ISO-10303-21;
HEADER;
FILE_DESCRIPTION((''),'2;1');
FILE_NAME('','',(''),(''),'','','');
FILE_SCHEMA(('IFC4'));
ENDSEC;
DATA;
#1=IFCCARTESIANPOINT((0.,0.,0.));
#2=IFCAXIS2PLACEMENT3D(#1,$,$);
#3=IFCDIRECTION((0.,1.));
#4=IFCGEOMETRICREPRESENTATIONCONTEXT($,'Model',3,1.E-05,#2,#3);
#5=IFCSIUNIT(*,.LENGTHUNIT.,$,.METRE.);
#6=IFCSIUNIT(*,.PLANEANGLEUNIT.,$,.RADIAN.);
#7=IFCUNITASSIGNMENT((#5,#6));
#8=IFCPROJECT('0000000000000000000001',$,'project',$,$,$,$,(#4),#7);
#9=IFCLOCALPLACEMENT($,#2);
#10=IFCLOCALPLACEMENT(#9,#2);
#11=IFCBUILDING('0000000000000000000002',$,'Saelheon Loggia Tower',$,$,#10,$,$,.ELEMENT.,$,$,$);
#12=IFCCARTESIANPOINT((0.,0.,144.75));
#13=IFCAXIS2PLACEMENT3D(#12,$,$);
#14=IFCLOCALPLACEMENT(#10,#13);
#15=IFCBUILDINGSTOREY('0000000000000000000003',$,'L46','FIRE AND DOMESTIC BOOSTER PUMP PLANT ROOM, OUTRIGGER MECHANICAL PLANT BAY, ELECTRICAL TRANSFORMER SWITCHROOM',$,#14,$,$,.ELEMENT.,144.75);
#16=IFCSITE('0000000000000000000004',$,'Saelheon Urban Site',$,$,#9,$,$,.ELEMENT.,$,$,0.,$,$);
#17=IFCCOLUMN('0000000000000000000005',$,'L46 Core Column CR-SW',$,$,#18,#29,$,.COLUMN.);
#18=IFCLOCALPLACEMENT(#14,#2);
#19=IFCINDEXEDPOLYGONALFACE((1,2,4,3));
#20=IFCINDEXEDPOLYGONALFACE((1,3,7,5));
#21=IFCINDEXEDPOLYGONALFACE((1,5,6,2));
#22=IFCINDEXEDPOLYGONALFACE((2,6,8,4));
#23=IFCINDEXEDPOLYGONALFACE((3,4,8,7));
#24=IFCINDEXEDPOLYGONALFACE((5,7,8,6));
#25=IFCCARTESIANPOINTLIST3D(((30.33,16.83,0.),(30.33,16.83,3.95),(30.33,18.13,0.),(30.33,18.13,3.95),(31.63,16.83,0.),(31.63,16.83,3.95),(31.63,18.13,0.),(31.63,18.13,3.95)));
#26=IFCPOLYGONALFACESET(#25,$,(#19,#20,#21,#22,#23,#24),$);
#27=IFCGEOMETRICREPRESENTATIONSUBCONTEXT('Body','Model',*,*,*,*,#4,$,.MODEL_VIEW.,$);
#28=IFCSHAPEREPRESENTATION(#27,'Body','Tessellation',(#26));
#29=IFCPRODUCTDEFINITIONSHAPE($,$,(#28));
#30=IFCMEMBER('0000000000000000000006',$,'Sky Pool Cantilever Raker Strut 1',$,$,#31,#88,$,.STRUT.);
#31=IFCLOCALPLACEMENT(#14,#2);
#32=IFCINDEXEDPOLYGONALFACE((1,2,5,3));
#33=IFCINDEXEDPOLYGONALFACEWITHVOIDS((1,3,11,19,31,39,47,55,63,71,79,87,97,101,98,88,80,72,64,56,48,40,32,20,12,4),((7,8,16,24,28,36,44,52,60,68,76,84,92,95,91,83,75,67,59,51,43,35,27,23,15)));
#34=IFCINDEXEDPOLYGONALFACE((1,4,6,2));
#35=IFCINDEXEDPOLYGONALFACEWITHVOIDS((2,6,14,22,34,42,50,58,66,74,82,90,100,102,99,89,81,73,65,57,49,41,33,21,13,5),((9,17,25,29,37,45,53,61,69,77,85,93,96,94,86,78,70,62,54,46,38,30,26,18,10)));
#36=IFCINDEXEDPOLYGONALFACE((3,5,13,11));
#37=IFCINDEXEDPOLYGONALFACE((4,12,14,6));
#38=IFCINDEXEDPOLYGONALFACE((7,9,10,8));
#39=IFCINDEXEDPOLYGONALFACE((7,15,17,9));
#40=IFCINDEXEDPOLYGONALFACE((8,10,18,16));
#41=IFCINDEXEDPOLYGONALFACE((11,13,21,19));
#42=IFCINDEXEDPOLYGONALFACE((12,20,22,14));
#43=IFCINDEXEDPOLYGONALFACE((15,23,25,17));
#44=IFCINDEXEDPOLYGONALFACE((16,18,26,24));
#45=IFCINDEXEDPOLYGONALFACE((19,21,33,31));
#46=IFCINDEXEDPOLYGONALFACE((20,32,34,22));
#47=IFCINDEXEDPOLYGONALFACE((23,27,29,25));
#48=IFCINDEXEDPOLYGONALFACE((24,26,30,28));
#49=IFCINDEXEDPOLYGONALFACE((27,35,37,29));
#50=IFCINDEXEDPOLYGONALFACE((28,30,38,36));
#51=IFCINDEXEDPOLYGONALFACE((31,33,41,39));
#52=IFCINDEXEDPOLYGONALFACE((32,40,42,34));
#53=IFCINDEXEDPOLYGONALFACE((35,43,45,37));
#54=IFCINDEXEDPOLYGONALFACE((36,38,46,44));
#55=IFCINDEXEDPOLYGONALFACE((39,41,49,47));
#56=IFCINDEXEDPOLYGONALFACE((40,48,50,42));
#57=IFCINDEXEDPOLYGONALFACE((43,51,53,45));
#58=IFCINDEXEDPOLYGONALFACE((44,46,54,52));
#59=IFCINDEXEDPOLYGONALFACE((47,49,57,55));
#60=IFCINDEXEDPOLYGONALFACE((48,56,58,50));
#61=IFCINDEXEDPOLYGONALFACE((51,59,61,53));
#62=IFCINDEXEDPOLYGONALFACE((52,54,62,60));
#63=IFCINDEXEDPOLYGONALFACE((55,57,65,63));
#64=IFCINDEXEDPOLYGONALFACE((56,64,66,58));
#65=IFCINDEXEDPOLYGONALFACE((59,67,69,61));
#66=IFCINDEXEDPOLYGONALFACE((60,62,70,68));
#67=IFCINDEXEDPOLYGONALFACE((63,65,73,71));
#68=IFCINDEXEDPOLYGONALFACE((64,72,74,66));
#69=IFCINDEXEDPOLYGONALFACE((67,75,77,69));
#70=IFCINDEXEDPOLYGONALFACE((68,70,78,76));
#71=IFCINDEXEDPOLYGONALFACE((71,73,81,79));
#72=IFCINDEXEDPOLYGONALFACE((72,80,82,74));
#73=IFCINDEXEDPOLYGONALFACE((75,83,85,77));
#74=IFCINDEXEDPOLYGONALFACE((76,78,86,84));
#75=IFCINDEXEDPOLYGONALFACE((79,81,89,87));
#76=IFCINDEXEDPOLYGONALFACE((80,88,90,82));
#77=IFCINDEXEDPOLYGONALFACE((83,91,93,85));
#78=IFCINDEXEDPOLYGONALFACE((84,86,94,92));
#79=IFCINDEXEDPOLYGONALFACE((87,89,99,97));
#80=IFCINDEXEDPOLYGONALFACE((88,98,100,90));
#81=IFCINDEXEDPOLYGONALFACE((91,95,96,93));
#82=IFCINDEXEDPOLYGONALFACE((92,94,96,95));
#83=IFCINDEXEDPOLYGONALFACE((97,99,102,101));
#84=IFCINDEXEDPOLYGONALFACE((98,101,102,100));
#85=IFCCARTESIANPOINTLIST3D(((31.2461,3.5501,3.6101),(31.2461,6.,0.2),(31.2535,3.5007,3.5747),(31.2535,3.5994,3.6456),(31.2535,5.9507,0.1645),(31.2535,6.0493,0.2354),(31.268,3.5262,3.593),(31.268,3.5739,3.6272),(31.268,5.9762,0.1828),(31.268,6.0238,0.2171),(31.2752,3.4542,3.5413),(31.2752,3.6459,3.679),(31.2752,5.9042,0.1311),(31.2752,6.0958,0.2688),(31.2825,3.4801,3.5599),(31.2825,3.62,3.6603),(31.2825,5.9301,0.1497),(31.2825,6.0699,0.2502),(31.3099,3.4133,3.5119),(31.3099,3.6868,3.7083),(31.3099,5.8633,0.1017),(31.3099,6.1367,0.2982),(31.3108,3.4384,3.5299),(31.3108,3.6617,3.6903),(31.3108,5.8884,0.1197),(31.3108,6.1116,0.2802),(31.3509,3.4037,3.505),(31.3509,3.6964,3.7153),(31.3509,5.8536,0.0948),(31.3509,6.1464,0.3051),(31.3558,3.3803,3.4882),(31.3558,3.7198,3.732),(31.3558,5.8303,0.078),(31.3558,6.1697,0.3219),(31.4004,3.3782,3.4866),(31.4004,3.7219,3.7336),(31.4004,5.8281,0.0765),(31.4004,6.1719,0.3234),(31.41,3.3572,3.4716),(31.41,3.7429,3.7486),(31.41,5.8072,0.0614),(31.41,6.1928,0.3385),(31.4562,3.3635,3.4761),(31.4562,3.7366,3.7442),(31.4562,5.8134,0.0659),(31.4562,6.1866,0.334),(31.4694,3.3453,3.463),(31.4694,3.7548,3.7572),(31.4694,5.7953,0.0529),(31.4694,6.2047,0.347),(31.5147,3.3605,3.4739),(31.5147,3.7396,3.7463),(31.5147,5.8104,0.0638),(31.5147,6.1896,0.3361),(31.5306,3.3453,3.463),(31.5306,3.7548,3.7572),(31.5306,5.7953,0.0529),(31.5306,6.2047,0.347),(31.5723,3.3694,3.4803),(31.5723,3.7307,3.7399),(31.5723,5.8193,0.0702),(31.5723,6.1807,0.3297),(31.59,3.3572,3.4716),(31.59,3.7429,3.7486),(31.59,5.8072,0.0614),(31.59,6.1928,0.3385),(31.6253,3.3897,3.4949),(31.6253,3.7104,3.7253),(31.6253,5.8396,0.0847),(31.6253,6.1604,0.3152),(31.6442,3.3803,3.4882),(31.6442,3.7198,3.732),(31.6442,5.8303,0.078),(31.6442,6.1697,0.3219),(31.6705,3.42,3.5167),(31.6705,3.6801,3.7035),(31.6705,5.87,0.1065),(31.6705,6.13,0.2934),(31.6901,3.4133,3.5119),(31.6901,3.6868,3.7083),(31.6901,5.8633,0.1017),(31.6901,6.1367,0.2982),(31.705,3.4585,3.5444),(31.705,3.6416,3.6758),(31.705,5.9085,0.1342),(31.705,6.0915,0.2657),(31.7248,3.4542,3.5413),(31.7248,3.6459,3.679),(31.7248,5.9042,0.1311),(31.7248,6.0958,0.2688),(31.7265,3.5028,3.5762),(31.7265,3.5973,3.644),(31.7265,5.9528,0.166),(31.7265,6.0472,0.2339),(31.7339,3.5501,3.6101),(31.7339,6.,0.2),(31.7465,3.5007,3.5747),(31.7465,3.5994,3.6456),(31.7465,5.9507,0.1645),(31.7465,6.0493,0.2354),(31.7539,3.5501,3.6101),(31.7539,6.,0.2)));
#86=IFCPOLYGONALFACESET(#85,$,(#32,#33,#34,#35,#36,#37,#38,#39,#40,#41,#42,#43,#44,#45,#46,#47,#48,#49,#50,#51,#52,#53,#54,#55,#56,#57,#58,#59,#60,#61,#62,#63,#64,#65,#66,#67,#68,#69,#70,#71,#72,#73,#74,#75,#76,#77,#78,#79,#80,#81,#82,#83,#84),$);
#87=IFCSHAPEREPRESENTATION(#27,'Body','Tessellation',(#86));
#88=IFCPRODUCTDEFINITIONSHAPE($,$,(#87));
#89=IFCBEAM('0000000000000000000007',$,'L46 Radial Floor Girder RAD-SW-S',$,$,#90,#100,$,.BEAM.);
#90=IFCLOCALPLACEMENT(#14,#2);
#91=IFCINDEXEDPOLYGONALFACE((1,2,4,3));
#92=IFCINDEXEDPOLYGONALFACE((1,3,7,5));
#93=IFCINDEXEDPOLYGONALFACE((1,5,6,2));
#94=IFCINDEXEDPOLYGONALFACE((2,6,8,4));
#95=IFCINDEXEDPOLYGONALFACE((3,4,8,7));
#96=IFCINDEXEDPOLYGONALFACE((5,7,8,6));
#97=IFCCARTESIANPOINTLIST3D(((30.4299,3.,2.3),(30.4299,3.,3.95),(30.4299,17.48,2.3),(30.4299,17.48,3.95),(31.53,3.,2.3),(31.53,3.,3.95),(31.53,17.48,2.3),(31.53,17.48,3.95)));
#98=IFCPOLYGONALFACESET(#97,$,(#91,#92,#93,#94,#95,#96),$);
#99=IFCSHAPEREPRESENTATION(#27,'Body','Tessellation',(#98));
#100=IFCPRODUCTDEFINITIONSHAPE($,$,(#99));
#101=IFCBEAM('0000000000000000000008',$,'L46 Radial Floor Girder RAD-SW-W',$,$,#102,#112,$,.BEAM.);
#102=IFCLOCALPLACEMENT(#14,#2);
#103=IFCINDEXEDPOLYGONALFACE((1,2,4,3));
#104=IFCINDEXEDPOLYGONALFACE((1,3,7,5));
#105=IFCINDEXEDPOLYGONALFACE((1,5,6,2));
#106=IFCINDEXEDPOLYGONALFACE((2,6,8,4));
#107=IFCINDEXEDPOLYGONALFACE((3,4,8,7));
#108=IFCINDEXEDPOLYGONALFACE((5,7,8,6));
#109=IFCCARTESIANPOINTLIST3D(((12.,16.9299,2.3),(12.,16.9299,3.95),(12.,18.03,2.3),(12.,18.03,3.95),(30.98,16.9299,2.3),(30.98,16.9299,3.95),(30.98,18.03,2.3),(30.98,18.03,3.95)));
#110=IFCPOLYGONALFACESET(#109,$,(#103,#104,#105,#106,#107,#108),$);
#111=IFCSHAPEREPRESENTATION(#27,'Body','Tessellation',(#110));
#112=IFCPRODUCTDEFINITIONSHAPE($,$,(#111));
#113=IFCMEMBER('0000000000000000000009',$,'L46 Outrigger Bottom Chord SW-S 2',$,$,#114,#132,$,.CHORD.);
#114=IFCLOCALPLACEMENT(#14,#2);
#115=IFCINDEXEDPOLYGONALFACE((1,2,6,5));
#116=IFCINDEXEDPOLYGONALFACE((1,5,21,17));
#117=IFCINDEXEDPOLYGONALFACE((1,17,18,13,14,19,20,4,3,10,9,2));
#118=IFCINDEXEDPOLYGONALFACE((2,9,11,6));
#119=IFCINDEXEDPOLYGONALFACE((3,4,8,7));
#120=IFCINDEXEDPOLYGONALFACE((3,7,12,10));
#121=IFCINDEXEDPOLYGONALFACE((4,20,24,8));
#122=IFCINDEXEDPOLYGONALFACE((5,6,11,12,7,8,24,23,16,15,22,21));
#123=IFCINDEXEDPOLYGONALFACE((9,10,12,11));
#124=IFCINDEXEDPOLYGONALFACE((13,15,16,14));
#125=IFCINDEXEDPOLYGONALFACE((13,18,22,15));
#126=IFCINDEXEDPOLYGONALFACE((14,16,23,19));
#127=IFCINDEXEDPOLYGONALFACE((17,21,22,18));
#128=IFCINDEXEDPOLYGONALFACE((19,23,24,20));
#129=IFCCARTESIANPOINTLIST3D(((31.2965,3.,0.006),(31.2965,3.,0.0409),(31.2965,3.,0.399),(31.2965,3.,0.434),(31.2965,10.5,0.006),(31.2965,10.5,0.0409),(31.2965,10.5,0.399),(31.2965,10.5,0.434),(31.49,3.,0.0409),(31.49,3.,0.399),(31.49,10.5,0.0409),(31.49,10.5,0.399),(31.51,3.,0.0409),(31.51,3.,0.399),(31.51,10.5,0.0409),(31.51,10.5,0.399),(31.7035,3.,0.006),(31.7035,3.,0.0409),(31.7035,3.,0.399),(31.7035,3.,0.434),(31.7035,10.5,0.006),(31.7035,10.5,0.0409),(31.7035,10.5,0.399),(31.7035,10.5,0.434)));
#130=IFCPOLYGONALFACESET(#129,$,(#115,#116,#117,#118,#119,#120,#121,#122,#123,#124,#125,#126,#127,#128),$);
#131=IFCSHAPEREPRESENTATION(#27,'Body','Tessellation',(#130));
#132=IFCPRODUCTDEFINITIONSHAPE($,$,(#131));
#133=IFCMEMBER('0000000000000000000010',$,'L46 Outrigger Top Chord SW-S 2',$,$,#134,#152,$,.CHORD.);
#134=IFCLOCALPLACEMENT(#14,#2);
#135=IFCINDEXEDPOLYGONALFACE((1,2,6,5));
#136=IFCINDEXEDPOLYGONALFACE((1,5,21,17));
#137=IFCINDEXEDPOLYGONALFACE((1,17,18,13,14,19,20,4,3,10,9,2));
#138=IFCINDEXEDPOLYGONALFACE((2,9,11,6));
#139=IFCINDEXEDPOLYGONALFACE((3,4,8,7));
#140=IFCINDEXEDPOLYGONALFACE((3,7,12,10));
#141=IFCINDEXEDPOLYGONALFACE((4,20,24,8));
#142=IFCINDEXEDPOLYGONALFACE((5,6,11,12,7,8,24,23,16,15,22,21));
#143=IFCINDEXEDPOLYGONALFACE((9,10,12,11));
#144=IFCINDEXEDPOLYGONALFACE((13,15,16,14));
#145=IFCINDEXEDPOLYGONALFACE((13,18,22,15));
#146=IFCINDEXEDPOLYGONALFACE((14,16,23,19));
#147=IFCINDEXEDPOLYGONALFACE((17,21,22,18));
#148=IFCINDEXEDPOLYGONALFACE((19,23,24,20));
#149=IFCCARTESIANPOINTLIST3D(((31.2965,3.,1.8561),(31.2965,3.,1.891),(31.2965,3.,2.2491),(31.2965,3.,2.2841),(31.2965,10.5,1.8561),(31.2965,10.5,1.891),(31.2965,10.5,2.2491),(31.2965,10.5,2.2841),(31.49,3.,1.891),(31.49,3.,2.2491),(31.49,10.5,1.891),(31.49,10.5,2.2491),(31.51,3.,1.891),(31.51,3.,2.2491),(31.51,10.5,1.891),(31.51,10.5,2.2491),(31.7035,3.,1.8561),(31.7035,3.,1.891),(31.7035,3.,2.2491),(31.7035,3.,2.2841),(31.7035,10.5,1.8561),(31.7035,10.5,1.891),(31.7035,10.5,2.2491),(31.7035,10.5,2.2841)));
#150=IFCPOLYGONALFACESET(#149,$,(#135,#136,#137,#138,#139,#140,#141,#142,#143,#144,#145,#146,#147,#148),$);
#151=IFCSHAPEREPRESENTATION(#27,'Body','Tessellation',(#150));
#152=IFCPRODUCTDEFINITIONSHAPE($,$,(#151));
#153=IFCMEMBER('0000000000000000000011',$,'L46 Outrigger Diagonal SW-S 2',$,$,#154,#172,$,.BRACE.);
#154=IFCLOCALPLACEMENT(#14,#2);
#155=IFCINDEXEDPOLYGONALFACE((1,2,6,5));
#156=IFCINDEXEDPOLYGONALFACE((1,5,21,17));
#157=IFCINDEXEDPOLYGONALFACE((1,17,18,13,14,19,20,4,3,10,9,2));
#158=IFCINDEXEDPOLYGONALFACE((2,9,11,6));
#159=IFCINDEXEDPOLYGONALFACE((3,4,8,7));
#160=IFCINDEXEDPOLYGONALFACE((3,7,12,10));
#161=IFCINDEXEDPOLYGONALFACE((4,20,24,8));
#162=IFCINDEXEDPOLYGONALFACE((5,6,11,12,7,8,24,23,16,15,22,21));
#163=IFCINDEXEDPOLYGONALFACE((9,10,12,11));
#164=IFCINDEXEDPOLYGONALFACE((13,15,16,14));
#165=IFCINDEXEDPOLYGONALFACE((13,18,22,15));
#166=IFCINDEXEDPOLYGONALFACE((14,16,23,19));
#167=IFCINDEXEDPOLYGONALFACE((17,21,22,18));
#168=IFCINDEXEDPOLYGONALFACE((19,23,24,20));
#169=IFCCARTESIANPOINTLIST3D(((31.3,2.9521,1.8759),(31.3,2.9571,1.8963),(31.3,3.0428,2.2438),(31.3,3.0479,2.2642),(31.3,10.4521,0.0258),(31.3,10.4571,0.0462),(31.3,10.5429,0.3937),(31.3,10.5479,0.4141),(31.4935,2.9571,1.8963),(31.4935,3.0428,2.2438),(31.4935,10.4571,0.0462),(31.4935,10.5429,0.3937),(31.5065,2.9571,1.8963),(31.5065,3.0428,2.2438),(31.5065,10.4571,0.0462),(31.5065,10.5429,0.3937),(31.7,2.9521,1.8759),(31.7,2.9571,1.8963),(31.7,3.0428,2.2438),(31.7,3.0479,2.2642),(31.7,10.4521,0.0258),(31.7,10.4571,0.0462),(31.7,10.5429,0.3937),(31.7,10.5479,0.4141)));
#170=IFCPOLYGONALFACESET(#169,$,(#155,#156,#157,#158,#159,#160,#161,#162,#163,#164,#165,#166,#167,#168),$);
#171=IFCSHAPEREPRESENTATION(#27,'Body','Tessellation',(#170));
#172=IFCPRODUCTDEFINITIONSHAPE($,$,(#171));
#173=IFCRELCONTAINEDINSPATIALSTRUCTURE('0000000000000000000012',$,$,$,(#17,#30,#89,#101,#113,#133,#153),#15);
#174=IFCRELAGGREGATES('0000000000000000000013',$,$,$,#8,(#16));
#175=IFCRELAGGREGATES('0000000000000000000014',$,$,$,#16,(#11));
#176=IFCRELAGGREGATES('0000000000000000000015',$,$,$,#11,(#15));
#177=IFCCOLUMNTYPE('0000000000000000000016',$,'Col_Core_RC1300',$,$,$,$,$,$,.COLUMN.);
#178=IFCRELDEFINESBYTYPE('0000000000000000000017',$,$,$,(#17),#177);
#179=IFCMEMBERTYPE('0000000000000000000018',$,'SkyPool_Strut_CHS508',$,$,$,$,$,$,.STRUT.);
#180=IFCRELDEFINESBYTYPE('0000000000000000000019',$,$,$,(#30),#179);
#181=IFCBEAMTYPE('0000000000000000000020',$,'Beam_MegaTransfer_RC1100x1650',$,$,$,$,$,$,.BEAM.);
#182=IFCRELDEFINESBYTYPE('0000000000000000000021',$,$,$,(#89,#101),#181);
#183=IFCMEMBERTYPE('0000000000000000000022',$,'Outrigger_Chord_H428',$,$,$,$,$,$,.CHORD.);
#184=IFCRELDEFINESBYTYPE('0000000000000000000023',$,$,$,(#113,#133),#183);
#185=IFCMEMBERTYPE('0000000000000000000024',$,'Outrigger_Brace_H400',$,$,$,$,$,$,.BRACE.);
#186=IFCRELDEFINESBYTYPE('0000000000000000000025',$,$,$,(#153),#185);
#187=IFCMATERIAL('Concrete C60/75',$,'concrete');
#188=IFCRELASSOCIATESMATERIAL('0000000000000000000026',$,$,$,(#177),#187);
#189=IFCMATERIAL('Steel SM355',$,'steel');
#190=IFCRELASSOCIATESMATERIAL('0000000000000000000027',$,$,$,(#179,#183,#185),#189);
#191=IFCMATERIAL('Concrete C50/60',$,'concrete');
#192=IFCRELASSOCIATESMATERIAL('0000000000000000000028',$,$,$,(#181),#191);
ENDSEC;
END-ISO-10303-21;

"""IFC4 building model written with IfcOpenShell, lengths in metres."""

from ifc_helpers import new_model, si_unit, direction, frame, origin, origin_2d, place, context, subcontext, project, spatial, rectangle, hollow_circle, i_section, extrude, source, transform, mapped, material, material_profile, profile_set, type_object, element, save


model = new_model("IFC4")

# Units and contexts
model_context = context("Model", 3, precision=1e-05, world=origin(), true_north=direction((0.0, 1.0)))
body_context = subcontext(model_context, "Body", "Model", "MODEL_VIEW")
ifc_project = project(units=[si_unit("LENGTHUNIT", "METRE"), si_unit("PLANEANGLEUNIT", "RADIAN")], contexts=[model_context])

# Site, building, storey
site_placement = place(None, origin())
site = spatial("IfcSite", under=ifc_project, at=site_placement, Name="Saelheon Urban Site", CompositionType="ELEMENT", RefElevation=0.0)
building_placement = place(site_placement, origin())
building = spatial("IfcBuilding", under=site, at=building_placement, Name="Saelheon Loggia Tower", CompositionType="ELEMENT")
storey_placement = place(building_placement, frame((0.0, 0.0, 144.75)))
storey = spatial("IfcBuildingStorey", under=building, at=storey_placement, Name="L46", Description="FIRE AND DOMESTIC BOOSTER PUMP PLANT ROOM, OUTRIGGER MECHANICAL PLANT BAY, ELECTRICAL TRANSFORMER SWITCHROOM", CompositionType="ELEMENT", Elevation=144.75)

# Column
ifc_material_1 = material(Name="Concrete C60/75", Category="concrete")
ifc_material_profile_1 = material_profile(ifc_material_1, rectangle(XDim=1.3, YDim=1.3, at=origin_2d()), Name="RC-1300x1300")
ifc_profile_set_1 = profile_set([ifc_material_profile_1], Name="Concrete C60/75")
column_type = type_object("IfcColumnType", Name="Col_Core_RC1300", PredefinedType="COLUMN", material=ifc_profile_set_1)
shared_shape_1 = source(origin(), body_context, "Body", "SweptSolid", [
    extrude(rectangle(XDim=1.3, YDim=1.3, at=origin_2d()), origin(), (0.0, 0.0, 1.0), 3.95),
])
column_placement = place(storey_placement, frame((30.98, 17.48, 0.0), z_axis=(0.0, 0.0, 1.0), x_axis=(1.0, 0.0, 0.0)))
element("IfcColumn", 1, at=column_placement, inside=storey, type_object=column_type, Name="L46 Core Column CR-SW", PredefinedType="COLUMN", context=body_context, shape_type="MappedRepresentation", body=[
    mapped(shared_shape_1, transform((0.0, 0.0, 0.0), scale=1.0)),
])

# Member
ifc_material_2 = material(Name="Steel SM355", Category="steel")
ifc_material_profile_2 = material_profile(ifc_material_2, hollow_circle(Radius=0.2539, WallThickness=0.02, at=origin_2d()), Name="CHS-508x20")
ifc_profile_set_2 = profile_set([ifc_material_profile_2], Name="Steel SM355")
member_type_1 = type_object("IfcMemberType", Name="SkyPool_Strut_CHS508", PredefinedType="STRUT", material=ifc_profile_set_2)
shared_shape_2 = source(origin(), body_context, "Body", "SweptSolid", [
    extrude(hollow_circle(Radius=0.2539, WallThickness=0.02, at=origin_2d()), origin(), (0.0, 0.0, 1.0), 4.199),
])
member_1_placement = place(storey_placement, frame((31.5, 6.0, 0.2), z_axis=(0.0, -0.583464, 0.812139), x_axis=(1.0, 0.0, 0.0)))
element("IfcMember", 2, at=member_1_placement, inside=storey, type_object=member_type_1, Name="Sky Pool Cantilever Raker Strut 1", PredefinedType="STRUT", context=body_context, shape_type="MappedRepresentation", body=[
    mapped(shared_shape_2, transform((0.0, 0.0, 0.0), scale=1.0)),
])

# Beams
ifc_material_3 = material(Name="Concrete C50/60", Category="concrete")
ifc_material_profile_3 = material_profile(ifc_material_3, rectangle(XDim=1.1001, YDim=1.6499, at=origin_2d()), Name="RC-1100x1650")
ifc_profile_set_3 = profile_set([ifc_material_profile_3], Name="Concrete C50/60")
beam_type_1 = type_object("IfcBeamType", Name="Beam_MegaTransfer_RC1100x1650", PredefinedType="BEAM", material=ifc_profile_set_3)
shared_shape_3 = source(origin(), body_context, "Body", "SweptSolid", [
    extrude(rectangle(XDim=1.1001, YDim=1.6499, at=origin_2d()), origin(), (0.0, 0.0, 1.0), 14.48),
])
beam_1_placement = place(storey_placement, frame((30.98, 17.48, 3.125), z_axis=(0.0, -1.0, 0.0), x_axis=(1.0, 0.0, 0.0)))
element("IfcBeam", 3, at=beam_1_placement, inside=storey, type_object=beam_type_1, Name="L46 Radial Floor Girder RAD-SW-S", PredefinedType="BEAM", context=body_context, shape_type="MappedRepresentation", body=[
    mapped(shared_shape_3, transform((0.0, 0.0, 0.0), scale=1.0)),
])
shared_shape_4 = source(origin(), body_context, "Body", "SweptSolid", [
    extrude(rectangle(XDim=1.1001, YDim=1.6499, at=origin_2d()), origin(), (0.0, 0.0, 1.0), 18.98),
])
beam_2_placement = place(storey_placement, frame((30.98, 17.48, 3.125), z_axis=(-1.0, 0.0, 0.0), x_axis=(0.0, -1.0, 0.0)))
element("IfcBeam", 4, at=beam_2_placement, inside=storey, type_object=beam_type_1, Name="L46 Radial Floor Girder RAD-SW-W", PredefinedType="BEAM", context=body_context, shape_type="MappedRepresentation", body=[
    mapped(shared_shape_4, transform((0.0, 0.0, 0.0), scale=1.0)),
])

# Members
ifc_material_profile_4 = material_profile(ifc_material_2, i_section(OverallWidth=0.407, OverallDepth=0.428, WebThickness=0.02, FlangeThickness=0.0349, at=origin_2d()), Name="H-428x407x20x35")
ifc_profile_set_4 = profile_set([ifc_material_profile_4], Name="Steel SM355")
member_type_2 = type_object("IfcMemberType", Name="Outrigger_Chord_H428", PredefinedType="CHORD", material=ifc_profile_set_4)
shared_shape_5 = source(origin(), body_context, "Body", "SweptSolid", [
    extrude(i_section(OverallWidth=0.407, OverallDepth=0.428, WebThickness=0.02, FlangeThickness=0.0349, at=origin_2d()), origin(), (0.0, 0.0, 1.0), 7.5),
])
for number, where, z_axis, x_axis, name in (
    (5, (31.5, 10.5, 0.22), (0.0, -1.0, 0.0), (1.0, 0.0, 0.0), "L46 Outrigger Bottom Chord SW-S 2"),
    (6, (31.5, 10.5, 2.0701), (0.0, -1.0, 0.0), (1.0, 0.0, 0.0), "L46 Outrigger Top Chord SW-S 2"),
):
    element("IfcMember", number, at=place(storey_placement, frame(where, z_axis=z_axis, x_axis=x_axis)), inside=storey, type_object=member_type_2, Name=name, PredefinedType="CHORD", context=body_context, shape_type="MappedRepresentation", body=[
        mapped(shared_shape_5, transform((0.0, 0.0, 0.0), scale=1.0)),
    ])
ifc_material_profile_5 = material_profile(ifc_material_2, i_section(OverallWidth=0.3999, OverallDepth=0.3999, WebThickness=0.0129, FlangeThickness=0.021, at=origin_2d()), Name="H-400x400x13x21")
ifc_profile_set_5 = profile_set([ifc_material_profile_5], Name="Steel SM355")
member_type_3 = type_object("IfcMemberType", Name="Outrigger_Brace_H400", PredefinedType="BRACE", material=ifc_profile_set_5)
shared_shape_6 = source(origin(), body_context, "Body", "SweptSolid", [
    extrude(i_section(OverallWidth=0.3999, OverallDepth=0.3999, WebThickness=0.0129, FlangeThickness=0.021, at=origin_2d()), origin(), (0.0, 0.0, 1.0), 7.7249),
])
member_2_placement = place(storey_placement, frame((31.5, 10.5, 0.22), z_axis=(0.0, -0.970896, 0.2395), x_axis=(1.0, 0.0, 0.0)))
element("IfcMember", 7, at=member_2_placement, inside=storey, type_object=member_type_3, Name="L46 Outrigger Diagonal SW-S 2", PredefinedType="BRACE", context=body_context, shape_type="MappedRepresentation", body=[
    mapped(shared_shape_6, transform((0.0, 0.0, 0.0), scale=1.0)),
])

save(model, "model.ifc")
